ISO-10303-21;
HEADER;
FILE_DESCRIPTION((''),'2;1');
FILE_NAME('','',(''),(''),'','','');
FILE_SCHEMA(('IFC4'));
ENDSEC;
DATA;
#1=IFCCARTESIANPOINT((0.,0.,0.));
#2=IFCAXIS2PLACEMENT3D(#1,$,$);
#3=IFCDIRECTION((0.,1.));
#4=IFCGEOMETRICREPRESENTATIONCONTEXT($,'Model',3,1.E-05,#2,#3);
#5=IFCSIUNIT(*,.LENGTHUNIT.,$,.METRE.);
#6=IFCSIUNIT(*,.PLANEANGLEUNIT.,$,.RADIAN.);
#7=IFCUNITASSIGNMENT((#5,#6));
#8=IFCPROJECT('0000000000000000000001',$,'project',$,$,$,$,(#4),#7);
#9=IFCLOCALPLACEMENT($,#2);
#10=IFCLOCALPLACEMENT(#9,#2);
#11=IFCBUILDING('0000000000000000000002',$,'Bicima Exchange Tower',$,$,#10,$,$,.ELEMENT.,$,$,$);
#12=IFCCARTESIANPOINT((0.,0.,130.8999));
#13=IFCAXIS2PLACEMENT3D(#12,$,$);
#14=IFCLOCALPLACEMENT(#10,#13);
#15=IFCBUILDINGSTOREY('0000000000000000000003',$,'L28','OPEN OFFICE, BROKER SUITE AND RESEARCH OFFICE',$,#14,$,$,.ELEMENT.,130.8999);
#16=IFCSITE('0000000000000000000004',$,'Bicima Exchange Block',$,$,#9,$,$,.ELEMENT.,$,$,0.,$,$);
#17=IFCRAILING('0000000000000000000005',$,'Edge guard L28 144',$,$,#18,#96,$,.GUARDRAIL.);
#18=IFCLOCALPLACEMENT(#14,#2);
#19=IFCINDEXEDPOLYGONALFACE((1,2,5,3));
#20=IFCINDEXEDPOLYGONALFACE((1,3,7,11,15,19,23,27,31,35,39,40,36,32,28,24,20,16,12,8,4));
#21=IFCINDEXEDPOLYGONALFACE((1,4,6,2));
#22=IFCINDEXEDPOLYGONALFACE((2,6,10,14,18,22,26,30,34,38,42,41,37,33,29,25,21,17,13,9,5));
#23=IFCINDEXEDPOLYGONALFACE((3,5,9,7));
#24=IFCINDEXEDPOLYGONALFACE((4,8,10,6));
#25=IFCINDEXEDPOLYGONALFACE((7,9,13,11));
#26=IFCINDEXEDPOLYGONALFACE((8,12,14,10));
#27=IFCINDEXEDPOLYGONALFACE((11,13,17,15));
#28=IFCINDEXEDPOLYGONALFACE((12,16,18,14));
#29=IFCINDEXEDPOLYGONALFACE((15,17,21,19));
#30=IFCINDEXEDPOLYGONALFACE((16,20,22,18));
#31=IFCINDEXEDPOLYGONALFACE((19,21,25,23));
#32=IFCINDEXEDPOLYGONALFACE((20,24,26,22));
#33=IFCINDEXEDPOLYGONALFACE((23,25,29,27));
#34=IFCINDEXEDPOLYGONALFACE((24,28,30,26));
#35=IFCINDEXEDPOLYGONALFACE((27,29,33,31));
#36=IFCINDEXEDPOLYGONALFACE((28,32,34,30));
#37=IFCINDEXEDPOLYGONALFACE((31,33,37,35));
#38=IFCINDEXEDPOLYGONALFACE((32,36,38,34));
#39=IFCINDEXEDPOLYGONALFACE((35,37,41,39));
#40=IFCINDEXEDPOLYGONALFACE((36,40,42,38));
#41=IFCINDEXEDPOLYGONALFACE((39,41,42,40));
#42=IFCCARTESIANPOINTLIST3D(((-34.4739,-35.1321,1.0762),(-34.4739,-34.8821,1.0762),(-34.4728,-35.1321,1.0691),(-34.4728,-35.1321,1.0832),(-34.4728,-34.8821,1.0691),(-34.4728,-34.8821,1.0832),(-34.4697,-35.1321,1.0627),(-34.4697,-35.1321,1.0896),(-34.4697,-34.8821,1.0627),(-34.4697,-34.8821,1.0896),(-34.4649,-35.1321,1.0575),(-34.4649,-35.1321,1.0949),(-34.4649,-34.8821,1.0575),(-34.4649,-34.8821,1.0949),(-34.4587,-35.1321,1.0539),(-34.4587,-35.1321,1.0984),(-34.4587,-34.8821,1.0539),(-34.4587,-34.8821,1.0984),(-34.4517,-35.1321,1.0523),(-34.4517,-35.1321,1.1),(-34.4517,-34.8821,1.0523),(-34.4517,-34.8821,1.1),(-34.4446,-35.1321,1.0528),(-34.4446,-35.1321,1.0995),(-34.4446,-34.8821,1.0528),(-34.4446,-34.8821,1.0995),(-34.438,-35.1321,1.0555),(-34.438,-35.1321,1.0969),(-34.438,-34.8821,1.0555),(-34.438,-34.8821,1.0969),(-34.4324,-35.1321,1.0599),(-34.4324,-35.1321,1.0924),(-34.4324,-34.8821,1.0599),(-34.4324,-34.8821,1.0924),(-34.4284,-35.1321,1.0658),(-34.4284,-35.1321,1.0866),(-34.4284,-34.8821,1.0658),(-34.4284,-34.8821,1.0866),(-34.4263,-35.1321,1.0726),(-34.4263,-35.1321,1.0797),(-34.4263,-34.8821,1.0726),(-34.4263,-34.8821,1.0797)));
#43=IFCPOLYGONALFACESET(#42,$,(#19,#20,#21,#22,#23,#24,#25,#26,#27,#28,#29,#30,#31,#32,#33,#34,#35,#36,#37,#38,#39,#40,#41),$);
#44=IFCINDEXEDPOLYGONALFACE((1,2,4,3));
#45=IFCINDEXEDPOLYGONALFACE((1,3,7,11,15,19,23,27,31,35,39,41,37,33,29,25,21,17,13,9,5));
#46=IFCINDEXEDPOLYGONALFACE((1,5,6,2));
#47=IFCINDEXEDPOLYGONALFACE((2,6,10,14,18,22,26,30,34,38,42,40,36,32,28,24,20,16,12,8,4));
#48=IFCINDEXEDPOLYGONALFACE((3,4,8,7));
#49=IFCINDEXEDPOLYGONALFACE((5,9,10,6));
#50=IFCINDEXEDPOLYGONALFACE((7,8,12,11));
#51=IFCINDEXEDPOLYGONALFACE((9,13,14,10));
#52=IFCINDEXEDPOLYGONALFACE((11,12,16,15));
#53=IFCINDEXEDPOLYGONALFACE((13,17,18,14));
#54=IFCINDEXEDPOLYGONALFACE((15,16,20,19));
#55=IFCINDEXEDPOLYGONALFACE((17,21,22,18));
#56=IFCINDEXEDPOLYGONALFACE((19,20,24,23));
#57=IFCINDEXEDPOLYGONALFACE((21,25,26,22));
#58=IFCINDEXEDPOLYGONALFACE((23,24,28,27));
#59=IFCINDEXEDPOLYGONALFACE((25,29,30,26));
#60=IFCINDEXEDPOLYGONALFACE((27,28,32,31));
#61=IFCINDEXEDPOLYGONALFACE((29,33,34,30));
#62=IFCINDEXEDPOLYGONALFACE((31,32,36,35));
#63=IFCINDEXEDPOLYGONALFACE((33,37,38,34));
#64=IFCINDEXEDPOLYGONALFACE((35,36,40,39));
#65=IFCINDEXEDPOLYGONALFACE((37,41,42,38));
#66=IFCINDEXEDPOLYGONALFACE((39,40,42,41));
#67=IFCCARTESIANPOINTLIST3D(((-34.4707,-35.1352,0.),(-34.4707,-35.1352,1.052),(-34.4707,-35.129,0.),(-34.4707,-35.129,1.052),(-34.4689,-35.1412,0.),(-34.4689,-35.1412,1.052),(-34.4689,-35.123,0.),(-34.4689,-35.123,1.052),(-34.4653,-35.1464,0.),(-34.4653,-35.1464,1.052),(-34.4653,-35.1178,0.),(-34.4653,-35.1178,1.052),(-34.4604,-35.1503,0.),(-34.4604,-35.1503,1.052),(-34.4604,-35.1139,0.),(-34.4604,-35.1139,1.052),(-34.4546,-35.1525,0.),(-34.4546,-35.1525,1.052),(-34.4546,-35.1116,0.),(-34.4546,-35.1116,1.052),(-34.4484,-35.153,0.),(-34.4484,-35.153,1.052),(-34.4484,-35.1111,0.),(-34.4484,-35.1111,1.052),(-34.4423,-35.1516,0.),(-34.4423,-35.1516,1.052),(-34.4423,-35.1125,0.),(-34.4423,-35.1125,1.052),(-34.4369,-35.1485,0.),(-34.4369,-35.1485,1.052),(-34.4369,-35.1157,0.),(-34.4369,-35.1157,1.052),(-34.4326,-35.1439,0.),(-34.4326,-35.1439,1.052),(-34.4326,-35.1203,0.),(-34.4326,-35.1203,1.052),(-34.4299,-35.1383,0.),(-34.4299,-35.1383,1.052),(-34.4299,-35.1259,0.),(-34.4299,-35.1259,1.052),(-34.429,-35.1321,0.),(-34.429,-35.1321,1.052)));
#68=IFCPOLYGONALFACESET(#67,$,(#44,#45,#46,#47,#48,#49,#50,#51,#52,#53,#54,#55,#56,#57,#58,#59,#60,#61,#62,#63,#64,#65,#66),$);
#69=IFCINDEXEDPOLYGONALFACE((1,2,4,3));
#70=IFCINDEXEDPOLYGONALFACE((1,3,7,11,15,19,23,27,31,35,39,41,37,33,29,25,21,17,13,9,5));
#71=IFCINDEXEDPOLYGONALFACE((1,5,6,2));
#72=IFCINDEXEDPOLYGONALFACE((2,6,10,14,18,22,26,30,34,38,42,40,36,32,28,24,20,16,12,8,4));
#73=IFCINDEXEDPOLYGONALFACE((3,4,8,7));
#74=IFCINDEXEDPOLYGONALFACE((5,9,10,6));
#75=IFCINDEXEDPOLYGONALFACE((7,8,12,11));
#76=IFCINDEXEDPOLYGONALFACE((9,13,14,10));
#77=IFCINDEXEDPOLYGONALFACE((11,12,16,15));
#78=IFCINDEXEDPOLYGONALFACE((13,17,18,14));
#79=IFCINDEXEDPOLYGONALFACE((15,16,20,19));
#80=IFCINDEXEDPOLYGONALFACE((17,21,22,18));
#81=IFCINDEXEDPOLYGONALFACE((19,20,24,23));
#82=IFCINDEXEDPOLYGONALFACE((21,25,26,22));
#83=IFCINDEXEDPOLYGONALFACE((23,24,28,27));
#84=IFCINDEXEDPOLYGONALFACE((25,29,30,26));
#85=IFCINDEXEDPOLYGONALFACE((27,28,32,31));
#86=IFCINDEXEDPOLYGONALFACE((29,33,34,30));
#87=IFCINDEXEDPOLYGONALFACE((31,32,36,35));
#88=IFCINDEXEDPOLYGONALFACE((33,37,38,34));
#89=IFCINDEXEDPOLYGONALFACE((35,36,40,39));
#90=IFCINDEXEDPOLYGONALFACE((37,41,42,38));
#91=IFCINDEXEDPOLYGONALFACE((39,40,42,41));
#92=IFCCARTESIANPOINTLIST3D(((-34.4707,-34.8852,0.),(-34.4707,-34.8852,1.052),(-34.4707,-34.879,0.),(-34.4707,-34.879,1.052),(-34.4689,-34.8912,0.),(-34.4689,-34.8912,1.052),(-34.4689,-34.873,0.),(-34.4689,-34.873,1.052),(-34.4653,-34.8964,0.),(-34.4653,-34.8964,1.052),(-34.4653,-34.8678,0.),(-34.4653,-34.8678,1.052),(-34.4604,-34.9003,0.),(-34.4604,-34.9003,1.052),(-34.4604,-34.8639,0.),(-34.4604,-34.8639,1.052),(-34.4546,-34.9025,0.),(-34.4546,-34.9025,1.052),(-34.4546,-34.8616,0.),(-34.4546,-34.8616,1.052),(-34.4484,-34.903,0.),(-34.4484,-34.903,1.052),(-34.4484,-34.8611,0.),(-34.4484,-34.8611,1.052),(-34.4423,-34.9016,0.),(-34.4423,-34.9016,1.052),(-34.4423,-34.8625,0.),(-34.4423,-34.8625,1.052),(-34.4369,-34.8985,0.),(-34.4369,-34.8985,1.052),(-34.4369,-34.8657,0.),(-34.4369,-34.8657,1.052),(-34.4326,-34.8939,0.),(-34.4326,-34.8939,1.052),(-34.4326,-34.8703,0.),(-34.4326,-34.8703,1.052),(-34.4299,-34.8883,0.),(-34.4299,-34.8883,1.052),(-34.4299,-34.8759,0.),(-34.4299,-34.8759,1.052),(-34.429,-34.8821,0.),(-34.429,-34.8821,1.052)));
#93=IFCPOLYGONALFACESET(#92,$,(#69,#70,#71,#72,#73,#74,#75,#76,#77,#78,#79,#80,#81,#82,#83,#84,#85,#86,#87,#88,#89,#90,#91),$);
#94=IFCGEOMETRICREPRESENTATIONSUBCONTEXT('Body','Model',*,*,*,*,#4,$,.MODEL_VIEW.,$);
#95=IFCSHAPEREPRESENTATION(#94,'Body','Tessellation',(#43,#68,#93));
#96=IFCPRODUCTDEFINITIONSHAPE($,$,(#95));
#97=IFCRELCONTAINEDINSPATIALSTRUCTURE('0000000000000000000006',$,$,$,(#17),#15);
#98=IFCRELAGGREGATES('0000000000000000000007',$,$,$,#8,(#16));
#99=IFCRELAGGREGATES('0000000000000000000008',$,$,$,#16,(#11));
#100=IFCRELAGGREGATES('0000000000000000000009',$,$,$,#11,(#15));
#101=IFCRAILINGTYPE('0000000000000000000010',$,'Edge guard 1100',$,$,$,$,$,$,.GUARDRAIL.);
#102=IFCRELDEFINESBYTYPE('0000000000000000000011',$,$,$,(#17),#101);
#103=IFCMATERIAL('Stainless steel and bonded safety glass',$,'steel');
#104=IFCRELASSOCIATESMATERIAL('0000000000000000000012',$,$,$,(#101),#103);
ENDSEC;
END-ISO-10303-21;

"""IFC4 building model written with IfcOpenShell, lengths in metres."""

from ifc_helpers import new_model, si_unit, direction, frame, origin, origin_2d, place, context, subcontext, project, spatial, circle, extrude, material, type_object, element, save


model = new_model("IFC4")

# Units and contexts
model_context = context("Model", 3, precision=1e-05, world=origin(), true_north=direction((0.0, 1.0)))
body_context = subcontext(model_context, "Body", "Model", "MODEL_VIEW")
ifc_project = project(units=[si_unit("LENGTHUNIT", "METRE"), si_unit("PLANEANGLEUNIT", "RADIAN")], contexts=[model_context])

# Site, building, storey
site_placement = place(None, origin())
site = spatial("IfcSite", under=ifc_project, at=site_placement, Name="Bicima Exchange Block", CompositionType="ELEMENT", RefElevation=0.0)
building_placement = place(site_placement, origin())
building = spatial("IfcBuilding", under=site, at=building_placement, Name="Bicima Exchange Tower", CompositionType="ELEMENT")
storey_placement = place(building_placement, frame((0.0, 0.0, 130.8999)))
storey = spatial("IfcBuildingStorey", under=building, at=storey_placement, Name="L28", Description="OPEN OFFICE, BROKER SUITE AND RESEARCH OFFICE", CompositionType="ELEMENT", Elevation=130.8999)

# Railing
ifc_material_1 = material(Name="Stainless steel and bonded safety glass", Category="steel")
railing_type = type_object("IfcRailingType", Name="Edge guard 1100", PredefinedType="GUARDRAIL", material=ifc_material_1)
railing_1_placement = place(storey_placement, frame((-34.45, -35.1321, 0.0)))
element("IfcRailing", 1, at=railing_1_placement, inside=storey, type_object=railing_type, Name="Edge guard L28 144", PredefinedType="GUARDRAIL", context=body_context, shape_type="SweptSolid", body=[
    extrude(circle(Radius=0.0239, at=origin_2d()), frame((0.0, 0.0, 1.0762), z_axis=(0.0, 1.0, 0.0), x_axis=(-1.0, 0.0, 0.0)), (0.0, 0.0, 1.0), 0.25),
    extrude(circle(Radius=0.021, at=origin_2d()), origin(), (0.0, 0.0, 1.0), 1.052),
    extrude(circle(Radius=0.021, at=origin_2d()), frame((0.0, 0.25, 0.0)), (0.0, 0.0, 1.0), 1.052),
])

save(model, "model.ifc")
